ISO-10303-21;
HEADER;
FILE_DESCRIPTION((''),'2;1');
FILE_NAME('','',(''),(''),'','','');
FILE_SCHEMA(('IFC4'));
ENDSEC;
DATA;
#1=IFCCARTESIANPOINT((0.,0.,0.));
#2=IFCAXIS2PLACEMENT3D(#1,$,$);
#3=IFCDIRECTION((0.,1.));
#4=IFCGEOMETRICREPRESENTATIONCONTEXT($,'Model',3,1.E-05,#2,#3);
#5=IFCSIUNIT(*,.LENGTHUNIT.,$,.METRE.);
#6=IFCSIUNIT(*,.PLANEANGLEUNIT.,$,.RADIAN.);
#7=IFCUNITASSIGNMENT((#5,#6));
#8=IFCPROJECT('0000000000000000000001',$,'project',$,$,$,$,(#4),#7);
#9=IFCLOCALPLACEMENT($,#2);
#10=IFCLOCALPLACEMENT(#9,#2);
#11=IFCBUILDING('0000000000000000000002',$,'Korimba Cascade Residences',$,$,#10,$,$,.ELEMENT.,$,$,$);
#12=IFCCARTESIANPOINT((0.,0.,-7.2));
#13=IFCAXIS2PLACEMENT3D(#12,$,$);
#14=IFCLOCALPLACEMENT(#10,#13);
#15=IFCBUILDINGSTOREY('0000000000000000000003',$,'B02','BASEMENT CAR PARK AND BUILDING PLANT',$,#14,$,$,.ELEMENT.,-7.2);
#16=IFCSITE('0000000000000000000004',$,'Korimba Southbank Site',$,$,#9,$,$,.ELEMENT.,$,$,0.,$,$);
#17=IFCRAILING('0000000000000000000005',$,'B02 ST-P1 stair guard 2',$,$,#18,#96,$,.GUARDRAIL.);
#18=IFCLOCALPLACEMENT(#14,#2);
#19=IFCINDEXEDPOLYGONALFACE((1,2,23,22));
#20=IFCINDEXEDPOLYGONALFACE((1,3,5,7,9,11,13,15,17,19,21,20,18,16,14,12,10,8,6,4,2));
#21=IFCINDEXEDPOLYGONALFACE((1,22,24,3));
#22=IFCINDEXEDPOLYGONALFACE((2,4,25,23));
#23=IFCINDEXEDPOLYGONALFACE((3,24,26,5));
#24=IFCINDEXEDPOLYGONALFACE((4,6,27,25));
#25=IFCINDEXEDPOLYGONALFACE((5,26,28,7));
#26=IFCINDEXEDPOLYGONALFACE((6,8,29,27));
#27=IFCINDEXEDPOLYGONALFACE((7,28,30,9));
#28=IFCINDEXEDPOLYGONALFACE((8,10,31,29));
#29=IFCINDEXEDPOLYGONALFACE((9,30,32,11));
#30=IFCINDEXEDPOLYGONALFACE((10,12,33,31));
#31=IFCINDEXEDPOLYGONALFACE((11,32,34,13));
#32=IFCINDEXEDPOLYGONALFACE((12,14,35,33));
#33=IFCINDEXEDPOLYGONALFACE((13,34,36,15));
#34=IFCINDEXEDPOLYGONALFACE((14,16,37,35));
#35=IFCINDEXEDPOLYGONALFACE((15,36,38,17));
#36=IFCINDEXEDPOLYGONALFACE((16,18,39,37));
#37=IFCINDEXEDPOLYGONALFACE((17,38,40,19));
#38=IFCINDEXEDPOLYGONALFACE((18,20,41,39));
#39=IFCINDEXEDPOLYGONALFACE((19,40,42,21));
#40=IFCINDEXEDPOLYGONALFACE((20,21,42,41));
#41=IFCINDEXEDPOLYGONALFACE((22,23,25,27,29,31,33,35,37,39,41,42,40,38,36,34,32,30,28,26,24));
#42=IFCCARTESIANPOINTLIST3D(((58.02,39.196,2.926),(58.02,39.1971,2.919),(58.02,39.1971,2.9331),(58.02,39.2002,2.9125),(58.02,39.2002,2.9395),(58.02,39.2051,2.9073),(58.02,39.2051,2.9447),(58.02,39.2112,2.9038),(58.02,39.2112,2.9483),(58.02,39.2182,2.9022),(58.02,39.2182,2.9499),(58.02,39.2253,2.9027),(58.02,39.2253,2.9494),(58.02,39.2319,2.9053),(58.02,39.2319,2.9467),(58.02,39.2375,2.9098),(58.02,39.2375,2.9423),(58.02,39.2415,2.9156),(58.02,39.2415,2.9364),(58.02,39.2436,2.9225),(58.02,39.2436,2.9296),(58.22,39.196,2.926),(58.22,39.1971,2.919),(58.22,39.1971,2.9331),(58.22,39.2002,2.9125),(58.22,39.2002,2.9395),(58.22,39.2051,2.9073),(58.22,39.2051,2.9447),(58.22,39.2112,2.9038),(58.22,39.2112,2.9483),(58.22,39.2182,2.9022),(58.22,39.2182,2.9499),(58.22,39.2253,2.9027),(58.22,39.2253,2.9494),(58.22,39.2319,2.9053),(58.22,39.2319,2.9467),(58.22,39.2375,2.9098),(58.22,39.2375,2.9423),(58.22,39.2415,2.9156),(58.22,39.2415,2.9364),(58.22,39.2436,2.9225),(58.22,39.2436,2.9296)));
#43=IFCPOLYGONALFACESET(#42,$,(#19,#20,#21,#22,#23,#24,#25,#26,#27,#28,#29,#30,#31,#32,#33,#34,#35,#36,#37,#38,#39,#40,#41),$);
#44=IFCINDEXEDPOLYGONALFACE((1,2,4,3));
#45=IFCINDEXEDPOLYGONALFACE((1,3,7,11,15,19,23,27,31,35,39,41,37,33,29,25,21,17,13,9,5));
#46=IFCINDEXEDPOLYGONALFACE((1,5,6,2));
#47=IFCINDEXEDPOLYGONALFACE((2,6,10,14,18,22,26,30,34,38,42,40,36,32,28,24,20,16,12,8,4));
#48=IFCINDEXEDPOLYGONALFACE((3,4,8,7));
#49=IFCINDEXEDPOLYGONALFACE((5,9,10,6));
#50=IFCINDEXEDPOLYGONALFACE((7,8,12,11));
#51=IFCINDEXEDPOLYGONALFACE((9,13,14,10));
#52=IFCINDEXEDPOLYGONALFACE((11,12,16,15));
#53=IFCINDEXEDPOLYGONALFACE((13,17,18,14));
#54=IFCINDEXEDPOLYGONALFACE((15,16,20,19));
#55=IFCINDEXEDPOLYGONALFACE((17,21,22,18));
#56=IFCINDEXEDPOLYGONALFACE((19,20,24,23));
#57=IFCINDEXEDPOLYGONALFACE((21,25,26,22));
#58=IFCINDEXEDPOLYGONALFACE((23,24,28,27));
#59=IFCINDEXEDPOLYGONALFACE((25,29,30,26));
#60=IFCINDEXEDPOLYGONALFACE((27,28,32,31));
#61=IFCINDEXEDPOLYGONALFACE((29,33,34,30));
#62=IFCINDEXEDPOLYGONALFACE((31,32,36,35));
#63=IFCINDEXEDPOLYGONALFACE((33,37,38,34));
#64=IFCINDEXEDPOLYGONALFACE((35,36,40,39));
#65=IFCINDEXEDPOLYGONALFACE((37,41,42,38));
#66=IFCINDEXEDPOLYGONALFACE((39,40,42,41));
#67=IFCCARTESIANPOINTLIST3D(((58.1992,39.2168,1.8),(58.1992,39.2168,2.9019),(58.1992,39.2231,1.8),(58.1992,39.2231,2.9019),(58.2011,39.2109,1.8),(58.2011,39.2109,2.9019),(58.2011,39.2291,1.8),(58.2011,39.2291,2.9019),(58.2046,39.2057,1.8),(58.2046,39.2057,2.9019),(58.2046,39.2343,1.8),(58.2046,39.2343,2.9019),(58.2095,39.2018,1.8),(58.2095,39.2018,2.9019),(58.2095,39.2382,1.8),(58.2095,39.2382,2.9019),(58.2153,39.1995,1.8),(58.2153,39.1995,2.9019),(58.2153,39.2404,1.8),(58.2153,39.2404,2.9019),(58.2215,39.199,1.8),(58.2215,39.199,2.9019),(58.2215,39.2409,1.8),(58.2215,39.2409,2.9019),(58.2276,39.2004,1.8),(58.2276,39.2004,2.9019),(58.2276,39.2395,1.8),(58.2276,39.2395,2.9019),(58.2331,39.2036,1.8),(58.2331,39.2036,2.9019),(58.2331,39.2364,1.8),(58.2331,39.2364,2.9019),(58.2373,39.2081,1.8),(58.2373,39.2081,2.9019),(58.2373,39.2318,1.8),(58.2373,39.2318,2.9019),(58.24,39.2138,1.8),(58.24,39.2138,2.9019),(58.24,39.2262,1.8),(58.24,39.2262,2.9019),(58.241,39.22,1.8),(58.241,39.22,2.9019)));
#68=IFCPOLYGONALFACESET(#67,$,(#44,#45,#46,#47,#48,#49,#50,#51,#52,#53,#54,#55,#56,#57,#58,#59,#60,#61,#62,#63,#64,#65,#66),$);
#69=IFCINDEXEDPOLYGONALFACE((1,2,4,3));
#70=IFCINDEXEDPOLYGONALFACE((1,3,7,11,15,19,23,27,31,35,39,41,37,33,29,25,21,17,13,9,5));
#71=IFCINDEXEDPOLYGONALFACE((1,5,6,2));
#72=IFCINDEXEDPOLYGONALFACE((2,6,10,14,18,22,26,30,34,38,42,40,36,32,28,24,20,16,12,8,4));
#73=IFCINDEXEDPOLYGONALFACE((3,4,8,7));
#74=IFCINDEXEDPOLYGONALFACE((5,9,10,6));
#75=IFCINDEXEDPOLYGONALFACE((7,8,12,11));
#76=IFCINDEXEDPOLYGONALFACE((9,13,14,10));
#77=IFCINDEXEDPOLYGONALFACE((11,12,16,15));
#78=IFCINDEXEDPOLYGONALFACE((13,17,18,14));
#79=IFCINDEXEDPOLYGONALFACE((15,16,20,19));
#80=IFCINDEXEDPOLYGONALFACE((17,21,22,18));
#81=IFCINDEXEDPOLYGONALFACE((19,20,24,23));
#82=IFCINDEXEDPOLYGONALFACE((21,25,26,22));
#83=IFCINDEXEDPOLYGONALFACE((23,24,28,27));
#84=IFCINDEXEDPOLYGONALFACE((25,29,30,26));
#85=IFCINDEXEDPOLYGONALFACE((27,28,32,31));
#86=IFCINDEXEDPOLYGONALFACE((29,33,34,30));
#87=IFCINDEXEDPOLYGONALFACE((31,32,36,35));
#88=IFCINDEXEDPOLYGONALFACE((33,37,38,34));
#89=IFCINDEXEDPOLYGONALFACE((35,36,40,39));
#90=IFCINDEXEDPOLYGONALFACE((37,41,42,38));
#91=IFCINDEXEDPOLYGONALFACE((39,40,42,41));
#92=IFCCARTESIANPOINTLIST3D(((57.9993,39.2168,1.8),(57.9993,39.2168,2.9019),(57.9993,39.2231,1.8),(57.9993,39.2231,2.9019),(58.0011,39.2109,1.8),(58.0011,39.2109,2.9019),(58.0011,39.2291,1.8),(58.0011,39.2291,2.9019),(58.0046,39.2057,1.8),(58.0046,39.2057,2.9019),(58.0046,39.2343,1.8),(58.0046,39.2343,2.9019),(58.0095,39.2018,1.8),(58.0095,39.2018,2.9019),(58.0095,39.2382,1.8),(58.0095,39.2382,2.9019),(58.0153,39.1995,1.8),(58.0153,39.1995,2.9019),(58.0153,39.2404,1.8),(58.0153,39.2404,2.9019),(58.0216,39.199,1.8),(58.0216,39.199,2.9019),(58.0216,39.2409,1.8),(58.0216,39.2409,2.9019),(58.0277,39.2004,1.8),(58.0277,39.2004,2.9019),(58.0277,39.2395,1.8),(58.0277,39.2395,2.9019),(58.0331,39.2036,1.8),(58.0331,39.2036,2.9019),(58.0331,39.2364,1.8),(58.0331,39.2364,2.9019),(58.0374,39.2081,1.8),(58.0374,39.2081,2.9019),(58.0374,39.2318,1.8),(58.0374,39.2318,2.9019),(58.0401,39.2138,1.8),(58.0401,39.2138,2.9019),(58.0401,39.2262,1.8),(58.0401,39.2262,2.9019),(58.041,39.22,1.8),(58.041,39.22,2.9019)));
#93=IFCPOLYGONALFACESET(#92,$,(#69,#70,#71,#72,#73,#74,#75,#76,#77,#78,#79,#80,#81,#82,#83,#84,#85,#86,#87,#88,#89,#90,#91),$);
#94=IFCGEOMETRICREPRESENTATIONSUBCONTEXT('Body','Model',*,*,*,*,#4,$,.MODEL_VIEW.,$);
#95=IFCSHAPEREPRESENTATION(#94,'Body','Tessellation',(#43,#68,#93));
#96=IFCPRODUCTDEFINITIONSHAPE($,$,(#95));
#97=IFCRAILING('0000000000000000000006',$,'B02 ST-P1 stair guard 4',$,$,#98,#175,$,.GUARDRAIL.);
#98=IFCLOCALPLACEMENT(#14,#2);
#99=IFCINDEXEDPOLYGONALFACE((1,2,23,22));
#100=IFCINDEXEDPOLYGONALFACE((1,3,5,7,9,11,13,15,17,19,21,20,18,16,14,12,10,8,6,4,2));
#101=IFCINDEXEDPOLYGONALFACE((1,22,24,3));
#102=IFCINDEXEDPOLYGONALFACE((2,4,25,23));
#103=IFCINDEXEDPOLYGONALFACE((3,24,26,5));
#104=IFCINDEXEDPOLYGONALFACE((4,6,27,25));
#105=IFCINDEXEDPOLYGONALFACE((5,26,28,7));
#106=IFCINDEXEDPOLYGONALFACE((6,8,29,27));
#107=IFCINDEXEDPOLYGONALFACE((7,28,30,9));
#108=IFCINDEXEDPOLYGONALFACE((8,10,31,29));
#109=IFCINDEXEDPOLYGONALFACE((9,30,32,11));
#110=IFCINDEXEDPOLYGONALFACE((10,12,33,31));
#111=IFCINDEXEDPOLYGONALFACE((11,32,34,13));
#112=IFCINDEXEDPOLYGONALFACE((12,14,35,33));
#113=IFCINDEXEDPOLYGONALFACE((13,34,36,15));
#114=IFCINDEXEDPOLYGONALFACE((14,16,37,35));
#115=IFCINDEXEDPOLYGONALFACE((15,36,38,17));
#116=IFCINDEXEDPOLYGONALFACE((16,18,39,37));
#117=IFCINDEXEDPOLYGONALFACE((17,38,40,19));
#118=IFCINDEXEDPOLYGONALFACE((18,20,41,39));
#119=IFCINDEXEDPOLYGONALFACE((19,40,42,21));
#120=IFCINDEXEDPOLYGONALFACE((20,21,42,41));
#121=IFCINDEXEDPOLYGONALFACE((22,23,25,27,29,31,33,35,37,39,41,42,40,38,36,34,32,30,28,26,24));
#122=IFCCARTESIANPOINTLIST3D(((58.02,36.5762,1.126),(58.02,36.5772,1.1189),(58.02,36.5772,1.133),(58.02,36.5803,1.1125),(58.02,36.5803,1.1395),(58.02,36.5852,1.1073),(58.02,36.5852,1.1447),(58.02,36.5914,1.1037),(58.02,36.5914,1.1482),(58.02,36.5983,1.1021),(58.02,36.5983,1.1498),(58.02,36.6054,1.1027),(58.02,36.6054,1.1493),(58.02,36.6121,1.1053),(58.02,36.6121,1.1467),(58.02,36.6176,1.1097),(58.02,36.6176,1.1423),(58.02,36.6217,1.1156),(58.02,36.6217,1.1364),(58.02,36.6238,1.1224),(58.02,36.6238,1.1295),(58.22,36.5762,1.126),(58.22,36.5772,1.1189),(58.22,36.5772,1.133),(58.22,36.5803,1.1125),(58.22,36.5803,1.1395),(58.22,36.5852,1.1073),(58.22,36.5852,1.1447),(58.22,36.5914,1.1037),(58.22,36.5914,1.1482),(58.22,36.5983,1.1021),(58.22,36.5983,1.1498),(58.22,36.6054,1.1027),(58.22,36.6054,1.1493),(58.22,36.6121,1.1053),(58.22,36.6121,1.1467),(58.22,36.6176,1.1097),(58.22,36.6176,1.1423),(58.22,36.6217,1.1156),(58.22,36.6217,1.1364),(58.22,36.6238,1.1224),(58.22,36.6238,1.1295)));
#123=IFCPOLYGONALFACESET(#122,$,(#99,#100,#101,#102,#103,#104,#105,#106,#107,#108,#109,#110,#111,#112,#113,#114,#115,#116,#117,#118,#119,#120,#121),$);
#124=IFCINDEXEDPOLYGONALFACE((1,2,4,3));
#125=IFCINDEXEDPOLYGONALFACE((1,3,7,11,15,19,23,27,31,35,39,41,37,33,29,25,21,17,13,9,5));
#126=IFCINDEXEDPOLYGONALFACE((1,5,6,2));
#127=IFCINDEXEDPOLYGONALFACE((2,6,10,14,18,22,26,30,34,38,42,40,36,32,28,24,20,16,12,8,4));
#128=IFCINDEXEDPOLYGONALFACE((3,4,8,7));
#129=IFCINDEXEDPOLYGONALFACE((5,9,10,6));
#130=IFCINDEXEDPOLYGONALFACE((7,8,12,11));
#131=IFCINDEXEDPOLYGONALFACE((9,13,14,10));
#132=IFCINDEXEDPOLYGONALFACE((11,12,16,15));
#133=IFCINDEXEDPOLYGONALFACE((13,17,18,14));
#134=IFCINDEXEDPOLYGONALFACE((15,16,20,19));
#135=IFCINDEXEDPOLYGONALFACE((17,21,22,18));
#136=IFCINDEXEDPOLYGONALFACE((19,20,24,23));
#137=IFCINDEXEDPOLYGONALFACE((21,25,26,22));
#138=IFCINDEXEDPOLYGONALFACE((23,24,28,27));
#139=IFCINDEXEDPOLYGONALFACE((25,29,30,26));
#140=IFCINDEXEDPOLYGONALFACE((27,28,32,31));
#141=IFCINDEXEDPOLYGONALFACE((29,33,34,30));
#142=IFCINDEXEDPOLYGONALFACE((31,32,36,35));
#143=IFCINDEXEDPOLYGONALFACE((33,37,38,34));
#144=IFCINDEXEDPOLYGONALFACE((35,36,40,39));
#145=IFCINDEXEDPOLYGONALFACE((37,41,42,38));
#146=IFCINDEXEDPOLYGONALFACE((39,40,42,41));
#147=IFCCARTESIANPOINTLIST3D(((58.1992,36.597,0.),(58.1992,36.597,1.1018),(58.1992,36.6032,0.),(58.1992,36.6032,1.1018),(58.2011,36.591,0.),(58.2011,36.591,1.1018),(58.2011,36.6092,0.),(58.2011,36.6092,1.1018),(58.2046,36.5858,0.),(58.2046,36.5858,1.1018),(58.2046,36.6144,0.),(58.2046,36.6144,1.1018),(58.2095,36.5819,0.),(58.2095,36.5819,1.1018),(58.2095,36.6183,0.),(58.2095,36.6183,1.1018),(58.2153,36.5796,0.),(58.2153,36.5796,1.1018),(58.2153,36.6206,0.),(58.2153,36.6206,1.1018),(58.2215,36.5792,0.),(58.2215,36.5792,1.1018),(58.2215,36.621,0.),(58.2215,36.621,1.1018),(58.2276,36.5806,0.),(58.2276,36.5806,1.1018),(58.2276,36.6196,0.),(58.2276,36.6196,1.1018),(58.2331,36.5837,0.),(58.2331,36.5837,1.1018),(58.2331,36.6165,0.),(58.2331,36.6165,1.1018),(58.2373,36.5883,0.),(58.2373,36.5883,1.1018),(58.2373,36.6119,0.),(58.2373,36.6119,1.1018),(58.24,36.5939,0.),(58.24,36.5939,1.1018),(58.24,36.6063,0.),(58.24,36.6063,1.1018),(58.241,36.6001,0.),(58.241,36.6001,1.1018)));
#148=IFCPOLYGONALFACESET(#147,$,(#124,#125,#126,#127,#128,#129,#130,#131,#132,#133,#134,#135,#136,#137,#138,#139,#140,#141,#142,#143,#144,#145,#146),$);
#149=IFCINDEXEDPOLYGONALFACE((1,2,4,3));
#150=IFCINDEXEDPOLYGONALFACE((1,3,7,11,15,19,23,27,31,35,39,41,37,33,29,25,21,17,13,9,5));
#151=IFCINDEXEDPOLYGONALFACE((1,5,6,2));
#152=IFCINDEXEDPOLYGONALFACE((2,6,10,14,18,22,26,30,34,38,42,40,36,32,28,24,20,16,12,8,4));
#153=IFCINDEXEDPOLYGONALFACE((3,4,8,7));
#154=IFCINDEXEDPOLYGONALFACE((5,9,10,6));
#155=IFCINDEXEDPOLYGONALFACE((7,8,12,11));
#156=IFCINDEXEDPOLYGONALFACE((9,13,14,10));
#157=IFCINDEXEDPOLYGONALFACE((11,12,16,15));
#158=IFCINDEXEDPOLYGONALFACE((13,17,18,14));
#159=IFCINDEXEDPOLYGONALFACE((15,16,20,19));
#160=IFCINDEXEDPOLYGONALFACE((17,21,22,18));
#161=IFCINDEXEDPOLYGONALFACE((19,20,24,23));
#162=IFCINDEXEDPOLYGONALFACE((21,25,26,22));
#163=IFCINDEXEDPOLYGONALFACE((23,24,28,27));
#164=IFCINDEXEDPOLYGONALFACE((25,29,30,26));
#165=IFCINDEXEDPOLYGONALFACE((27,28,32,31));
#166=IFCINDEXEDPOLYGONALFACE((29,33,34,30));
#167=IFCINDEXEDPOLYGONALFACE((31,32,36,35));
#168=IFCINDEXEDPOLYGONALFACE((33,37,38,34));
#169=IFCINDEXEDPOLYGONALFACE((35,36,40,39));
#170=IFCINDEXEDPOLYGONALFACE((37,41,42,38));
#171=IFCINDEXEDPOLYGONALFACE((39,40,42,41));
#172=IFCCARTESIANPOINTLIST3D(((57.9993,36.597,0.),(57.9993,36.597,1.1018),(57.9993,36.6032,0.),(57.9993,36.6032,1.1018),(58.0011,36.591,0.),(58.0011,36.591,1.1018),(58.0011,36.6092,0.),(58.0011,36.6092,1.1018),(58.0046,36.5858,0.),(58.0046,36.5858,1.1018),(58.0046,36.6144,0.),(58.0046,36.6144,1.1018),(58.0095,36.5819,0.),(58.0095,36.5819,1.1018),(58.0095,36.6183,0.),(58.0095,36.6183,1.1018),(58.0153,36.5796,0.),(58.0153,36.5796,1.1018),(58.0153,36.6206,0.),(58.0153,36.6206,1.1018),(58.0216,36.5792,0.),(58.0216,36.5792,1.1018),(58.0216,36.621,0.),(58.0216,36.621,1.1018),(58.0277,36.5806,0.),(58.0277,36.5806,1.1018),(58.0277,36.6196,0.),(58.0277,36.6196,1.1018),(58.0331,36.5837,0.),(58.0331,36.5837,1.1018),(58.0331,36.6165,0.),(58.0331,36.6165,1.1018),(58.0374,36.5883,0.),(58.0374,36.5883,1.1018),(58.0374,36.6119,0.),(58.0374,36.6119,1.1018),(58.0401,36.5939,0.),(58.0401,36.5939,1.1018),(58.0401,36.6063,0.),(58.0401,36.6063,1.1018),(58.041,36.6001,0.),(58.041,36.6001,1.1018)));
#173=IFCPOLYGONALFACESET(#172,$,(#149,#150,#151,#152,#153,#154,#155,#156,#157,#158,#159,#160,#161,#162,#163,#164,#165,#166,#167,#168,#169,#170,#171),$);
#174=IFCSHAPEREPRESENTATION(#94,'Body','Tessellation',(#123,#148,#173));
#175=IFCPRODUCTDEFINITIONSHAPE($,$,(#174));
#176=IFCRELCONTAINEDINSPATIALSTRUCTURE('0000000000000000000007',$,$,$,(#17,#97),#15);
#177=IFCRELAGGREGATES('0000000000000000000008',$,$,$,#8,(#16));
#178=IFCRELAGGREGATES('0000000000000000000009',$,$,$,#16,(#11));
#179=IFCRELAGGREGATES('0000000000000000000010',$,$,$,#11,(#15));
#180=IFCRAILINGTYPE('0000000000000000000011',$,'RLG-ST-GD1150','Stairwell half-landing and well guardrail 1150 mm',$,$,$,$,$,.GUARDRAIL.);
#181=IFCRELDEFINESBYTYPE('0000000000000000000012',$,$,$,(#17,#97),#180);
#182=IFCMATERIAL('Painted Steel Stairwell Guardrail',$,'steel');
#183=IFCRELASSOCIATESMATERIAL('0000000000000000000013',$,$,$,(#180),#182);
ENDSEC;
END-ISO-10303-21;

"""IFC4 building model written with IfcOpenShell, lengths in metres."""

from ifc_helpers import new_model, si_unit, direction, frame, origin, origin_2d, place, context, subcontext, project, spatial, circle, extrude, material, type_object, element, save


model = new_model("IFC4")

# Units and contexts
model_context = context("Model", 3, precision=1e-05, world=origin(), true_north=direction((0.0, 1.0)))
body_context = subcontext(model_context, "Body", "Model", "MODEL_VIEW")
ifc_project = project(units=[si_unit("LENGTHUNIT", "METRE"), si_unit("PLANEANGLEUNIT", "RADIAN")], contexts=[model_context])

# Site, building, storey
site_placement = place(None, origin())
site = spatial("IfcSite", under=ifc_project, at=site_placement, Name="Korimba Southbank Site", CompositionType="ELEMENT", RefElevation=0.0)
building_placement = place(site_placement, origin())
building = spatial("IfcBuilding", under=site, at=building_placement, Name="Korimba Cascade Residences", CompositionType="ELEMENT")
storey_placement = place(building_placement, frame((0.0, 0.0, -7.2)))
storey = spatial("IfcBuildingStorey", under=building, at=storey_placement, Name="B02", Description="BASEMENT CAR PARK AND BUILDING PLANT", CompositionType="ELEMENT", Elevation=-7.2)

# Railings
ifc_material_1 = material(Name="Painted Steel Stairwell Guardrail", Category="steel")
railing_type_1 = type_object("IfcRailingType", Name="RLG-ST-GD1150", Description="Stairwell half-landing and well guardrail 1150 mm", PredefinedType="GUARDRAIL", material=ifc_material_1)
for number, where, name in (
    (1, (58.22, 39.22, 1.8), "B02 ST-P1 stair guard 2"),
    (2, (58.22, 36.6001, 0.0), "B02 ST-P1 stair guard 4"),
):
    element("IfcRailing", number, at=place(storey_placement, frame(where)), inside=storey, type_object=railing_type_1, Name=name, PredefinedType="GUARDRAIL", context=body_context, shape_type="SweptSolid", body=[
        extrude(circle(Radius=0.0239, at=origin_2d()), frame((0.0, 0.0, 1.126), z_axis=(-1.0, 0.0, 0.0), x_axis=(0.0, -1.0, 0.0)), (0.0, 0.0, 1.0), 0.2),
        extrude(circle(Radius=0.021, at=origin_2d()), origin(), (0.0, 0.0, 1.0), 1.1018),
        extrude(circle(Radius=0.021, at=origin_2d()), frame((-0.2, 0.0, 0.0)), (0.0, 0.0, 1.0), 1.1018),
    ])

save(model, "model.ifc")
